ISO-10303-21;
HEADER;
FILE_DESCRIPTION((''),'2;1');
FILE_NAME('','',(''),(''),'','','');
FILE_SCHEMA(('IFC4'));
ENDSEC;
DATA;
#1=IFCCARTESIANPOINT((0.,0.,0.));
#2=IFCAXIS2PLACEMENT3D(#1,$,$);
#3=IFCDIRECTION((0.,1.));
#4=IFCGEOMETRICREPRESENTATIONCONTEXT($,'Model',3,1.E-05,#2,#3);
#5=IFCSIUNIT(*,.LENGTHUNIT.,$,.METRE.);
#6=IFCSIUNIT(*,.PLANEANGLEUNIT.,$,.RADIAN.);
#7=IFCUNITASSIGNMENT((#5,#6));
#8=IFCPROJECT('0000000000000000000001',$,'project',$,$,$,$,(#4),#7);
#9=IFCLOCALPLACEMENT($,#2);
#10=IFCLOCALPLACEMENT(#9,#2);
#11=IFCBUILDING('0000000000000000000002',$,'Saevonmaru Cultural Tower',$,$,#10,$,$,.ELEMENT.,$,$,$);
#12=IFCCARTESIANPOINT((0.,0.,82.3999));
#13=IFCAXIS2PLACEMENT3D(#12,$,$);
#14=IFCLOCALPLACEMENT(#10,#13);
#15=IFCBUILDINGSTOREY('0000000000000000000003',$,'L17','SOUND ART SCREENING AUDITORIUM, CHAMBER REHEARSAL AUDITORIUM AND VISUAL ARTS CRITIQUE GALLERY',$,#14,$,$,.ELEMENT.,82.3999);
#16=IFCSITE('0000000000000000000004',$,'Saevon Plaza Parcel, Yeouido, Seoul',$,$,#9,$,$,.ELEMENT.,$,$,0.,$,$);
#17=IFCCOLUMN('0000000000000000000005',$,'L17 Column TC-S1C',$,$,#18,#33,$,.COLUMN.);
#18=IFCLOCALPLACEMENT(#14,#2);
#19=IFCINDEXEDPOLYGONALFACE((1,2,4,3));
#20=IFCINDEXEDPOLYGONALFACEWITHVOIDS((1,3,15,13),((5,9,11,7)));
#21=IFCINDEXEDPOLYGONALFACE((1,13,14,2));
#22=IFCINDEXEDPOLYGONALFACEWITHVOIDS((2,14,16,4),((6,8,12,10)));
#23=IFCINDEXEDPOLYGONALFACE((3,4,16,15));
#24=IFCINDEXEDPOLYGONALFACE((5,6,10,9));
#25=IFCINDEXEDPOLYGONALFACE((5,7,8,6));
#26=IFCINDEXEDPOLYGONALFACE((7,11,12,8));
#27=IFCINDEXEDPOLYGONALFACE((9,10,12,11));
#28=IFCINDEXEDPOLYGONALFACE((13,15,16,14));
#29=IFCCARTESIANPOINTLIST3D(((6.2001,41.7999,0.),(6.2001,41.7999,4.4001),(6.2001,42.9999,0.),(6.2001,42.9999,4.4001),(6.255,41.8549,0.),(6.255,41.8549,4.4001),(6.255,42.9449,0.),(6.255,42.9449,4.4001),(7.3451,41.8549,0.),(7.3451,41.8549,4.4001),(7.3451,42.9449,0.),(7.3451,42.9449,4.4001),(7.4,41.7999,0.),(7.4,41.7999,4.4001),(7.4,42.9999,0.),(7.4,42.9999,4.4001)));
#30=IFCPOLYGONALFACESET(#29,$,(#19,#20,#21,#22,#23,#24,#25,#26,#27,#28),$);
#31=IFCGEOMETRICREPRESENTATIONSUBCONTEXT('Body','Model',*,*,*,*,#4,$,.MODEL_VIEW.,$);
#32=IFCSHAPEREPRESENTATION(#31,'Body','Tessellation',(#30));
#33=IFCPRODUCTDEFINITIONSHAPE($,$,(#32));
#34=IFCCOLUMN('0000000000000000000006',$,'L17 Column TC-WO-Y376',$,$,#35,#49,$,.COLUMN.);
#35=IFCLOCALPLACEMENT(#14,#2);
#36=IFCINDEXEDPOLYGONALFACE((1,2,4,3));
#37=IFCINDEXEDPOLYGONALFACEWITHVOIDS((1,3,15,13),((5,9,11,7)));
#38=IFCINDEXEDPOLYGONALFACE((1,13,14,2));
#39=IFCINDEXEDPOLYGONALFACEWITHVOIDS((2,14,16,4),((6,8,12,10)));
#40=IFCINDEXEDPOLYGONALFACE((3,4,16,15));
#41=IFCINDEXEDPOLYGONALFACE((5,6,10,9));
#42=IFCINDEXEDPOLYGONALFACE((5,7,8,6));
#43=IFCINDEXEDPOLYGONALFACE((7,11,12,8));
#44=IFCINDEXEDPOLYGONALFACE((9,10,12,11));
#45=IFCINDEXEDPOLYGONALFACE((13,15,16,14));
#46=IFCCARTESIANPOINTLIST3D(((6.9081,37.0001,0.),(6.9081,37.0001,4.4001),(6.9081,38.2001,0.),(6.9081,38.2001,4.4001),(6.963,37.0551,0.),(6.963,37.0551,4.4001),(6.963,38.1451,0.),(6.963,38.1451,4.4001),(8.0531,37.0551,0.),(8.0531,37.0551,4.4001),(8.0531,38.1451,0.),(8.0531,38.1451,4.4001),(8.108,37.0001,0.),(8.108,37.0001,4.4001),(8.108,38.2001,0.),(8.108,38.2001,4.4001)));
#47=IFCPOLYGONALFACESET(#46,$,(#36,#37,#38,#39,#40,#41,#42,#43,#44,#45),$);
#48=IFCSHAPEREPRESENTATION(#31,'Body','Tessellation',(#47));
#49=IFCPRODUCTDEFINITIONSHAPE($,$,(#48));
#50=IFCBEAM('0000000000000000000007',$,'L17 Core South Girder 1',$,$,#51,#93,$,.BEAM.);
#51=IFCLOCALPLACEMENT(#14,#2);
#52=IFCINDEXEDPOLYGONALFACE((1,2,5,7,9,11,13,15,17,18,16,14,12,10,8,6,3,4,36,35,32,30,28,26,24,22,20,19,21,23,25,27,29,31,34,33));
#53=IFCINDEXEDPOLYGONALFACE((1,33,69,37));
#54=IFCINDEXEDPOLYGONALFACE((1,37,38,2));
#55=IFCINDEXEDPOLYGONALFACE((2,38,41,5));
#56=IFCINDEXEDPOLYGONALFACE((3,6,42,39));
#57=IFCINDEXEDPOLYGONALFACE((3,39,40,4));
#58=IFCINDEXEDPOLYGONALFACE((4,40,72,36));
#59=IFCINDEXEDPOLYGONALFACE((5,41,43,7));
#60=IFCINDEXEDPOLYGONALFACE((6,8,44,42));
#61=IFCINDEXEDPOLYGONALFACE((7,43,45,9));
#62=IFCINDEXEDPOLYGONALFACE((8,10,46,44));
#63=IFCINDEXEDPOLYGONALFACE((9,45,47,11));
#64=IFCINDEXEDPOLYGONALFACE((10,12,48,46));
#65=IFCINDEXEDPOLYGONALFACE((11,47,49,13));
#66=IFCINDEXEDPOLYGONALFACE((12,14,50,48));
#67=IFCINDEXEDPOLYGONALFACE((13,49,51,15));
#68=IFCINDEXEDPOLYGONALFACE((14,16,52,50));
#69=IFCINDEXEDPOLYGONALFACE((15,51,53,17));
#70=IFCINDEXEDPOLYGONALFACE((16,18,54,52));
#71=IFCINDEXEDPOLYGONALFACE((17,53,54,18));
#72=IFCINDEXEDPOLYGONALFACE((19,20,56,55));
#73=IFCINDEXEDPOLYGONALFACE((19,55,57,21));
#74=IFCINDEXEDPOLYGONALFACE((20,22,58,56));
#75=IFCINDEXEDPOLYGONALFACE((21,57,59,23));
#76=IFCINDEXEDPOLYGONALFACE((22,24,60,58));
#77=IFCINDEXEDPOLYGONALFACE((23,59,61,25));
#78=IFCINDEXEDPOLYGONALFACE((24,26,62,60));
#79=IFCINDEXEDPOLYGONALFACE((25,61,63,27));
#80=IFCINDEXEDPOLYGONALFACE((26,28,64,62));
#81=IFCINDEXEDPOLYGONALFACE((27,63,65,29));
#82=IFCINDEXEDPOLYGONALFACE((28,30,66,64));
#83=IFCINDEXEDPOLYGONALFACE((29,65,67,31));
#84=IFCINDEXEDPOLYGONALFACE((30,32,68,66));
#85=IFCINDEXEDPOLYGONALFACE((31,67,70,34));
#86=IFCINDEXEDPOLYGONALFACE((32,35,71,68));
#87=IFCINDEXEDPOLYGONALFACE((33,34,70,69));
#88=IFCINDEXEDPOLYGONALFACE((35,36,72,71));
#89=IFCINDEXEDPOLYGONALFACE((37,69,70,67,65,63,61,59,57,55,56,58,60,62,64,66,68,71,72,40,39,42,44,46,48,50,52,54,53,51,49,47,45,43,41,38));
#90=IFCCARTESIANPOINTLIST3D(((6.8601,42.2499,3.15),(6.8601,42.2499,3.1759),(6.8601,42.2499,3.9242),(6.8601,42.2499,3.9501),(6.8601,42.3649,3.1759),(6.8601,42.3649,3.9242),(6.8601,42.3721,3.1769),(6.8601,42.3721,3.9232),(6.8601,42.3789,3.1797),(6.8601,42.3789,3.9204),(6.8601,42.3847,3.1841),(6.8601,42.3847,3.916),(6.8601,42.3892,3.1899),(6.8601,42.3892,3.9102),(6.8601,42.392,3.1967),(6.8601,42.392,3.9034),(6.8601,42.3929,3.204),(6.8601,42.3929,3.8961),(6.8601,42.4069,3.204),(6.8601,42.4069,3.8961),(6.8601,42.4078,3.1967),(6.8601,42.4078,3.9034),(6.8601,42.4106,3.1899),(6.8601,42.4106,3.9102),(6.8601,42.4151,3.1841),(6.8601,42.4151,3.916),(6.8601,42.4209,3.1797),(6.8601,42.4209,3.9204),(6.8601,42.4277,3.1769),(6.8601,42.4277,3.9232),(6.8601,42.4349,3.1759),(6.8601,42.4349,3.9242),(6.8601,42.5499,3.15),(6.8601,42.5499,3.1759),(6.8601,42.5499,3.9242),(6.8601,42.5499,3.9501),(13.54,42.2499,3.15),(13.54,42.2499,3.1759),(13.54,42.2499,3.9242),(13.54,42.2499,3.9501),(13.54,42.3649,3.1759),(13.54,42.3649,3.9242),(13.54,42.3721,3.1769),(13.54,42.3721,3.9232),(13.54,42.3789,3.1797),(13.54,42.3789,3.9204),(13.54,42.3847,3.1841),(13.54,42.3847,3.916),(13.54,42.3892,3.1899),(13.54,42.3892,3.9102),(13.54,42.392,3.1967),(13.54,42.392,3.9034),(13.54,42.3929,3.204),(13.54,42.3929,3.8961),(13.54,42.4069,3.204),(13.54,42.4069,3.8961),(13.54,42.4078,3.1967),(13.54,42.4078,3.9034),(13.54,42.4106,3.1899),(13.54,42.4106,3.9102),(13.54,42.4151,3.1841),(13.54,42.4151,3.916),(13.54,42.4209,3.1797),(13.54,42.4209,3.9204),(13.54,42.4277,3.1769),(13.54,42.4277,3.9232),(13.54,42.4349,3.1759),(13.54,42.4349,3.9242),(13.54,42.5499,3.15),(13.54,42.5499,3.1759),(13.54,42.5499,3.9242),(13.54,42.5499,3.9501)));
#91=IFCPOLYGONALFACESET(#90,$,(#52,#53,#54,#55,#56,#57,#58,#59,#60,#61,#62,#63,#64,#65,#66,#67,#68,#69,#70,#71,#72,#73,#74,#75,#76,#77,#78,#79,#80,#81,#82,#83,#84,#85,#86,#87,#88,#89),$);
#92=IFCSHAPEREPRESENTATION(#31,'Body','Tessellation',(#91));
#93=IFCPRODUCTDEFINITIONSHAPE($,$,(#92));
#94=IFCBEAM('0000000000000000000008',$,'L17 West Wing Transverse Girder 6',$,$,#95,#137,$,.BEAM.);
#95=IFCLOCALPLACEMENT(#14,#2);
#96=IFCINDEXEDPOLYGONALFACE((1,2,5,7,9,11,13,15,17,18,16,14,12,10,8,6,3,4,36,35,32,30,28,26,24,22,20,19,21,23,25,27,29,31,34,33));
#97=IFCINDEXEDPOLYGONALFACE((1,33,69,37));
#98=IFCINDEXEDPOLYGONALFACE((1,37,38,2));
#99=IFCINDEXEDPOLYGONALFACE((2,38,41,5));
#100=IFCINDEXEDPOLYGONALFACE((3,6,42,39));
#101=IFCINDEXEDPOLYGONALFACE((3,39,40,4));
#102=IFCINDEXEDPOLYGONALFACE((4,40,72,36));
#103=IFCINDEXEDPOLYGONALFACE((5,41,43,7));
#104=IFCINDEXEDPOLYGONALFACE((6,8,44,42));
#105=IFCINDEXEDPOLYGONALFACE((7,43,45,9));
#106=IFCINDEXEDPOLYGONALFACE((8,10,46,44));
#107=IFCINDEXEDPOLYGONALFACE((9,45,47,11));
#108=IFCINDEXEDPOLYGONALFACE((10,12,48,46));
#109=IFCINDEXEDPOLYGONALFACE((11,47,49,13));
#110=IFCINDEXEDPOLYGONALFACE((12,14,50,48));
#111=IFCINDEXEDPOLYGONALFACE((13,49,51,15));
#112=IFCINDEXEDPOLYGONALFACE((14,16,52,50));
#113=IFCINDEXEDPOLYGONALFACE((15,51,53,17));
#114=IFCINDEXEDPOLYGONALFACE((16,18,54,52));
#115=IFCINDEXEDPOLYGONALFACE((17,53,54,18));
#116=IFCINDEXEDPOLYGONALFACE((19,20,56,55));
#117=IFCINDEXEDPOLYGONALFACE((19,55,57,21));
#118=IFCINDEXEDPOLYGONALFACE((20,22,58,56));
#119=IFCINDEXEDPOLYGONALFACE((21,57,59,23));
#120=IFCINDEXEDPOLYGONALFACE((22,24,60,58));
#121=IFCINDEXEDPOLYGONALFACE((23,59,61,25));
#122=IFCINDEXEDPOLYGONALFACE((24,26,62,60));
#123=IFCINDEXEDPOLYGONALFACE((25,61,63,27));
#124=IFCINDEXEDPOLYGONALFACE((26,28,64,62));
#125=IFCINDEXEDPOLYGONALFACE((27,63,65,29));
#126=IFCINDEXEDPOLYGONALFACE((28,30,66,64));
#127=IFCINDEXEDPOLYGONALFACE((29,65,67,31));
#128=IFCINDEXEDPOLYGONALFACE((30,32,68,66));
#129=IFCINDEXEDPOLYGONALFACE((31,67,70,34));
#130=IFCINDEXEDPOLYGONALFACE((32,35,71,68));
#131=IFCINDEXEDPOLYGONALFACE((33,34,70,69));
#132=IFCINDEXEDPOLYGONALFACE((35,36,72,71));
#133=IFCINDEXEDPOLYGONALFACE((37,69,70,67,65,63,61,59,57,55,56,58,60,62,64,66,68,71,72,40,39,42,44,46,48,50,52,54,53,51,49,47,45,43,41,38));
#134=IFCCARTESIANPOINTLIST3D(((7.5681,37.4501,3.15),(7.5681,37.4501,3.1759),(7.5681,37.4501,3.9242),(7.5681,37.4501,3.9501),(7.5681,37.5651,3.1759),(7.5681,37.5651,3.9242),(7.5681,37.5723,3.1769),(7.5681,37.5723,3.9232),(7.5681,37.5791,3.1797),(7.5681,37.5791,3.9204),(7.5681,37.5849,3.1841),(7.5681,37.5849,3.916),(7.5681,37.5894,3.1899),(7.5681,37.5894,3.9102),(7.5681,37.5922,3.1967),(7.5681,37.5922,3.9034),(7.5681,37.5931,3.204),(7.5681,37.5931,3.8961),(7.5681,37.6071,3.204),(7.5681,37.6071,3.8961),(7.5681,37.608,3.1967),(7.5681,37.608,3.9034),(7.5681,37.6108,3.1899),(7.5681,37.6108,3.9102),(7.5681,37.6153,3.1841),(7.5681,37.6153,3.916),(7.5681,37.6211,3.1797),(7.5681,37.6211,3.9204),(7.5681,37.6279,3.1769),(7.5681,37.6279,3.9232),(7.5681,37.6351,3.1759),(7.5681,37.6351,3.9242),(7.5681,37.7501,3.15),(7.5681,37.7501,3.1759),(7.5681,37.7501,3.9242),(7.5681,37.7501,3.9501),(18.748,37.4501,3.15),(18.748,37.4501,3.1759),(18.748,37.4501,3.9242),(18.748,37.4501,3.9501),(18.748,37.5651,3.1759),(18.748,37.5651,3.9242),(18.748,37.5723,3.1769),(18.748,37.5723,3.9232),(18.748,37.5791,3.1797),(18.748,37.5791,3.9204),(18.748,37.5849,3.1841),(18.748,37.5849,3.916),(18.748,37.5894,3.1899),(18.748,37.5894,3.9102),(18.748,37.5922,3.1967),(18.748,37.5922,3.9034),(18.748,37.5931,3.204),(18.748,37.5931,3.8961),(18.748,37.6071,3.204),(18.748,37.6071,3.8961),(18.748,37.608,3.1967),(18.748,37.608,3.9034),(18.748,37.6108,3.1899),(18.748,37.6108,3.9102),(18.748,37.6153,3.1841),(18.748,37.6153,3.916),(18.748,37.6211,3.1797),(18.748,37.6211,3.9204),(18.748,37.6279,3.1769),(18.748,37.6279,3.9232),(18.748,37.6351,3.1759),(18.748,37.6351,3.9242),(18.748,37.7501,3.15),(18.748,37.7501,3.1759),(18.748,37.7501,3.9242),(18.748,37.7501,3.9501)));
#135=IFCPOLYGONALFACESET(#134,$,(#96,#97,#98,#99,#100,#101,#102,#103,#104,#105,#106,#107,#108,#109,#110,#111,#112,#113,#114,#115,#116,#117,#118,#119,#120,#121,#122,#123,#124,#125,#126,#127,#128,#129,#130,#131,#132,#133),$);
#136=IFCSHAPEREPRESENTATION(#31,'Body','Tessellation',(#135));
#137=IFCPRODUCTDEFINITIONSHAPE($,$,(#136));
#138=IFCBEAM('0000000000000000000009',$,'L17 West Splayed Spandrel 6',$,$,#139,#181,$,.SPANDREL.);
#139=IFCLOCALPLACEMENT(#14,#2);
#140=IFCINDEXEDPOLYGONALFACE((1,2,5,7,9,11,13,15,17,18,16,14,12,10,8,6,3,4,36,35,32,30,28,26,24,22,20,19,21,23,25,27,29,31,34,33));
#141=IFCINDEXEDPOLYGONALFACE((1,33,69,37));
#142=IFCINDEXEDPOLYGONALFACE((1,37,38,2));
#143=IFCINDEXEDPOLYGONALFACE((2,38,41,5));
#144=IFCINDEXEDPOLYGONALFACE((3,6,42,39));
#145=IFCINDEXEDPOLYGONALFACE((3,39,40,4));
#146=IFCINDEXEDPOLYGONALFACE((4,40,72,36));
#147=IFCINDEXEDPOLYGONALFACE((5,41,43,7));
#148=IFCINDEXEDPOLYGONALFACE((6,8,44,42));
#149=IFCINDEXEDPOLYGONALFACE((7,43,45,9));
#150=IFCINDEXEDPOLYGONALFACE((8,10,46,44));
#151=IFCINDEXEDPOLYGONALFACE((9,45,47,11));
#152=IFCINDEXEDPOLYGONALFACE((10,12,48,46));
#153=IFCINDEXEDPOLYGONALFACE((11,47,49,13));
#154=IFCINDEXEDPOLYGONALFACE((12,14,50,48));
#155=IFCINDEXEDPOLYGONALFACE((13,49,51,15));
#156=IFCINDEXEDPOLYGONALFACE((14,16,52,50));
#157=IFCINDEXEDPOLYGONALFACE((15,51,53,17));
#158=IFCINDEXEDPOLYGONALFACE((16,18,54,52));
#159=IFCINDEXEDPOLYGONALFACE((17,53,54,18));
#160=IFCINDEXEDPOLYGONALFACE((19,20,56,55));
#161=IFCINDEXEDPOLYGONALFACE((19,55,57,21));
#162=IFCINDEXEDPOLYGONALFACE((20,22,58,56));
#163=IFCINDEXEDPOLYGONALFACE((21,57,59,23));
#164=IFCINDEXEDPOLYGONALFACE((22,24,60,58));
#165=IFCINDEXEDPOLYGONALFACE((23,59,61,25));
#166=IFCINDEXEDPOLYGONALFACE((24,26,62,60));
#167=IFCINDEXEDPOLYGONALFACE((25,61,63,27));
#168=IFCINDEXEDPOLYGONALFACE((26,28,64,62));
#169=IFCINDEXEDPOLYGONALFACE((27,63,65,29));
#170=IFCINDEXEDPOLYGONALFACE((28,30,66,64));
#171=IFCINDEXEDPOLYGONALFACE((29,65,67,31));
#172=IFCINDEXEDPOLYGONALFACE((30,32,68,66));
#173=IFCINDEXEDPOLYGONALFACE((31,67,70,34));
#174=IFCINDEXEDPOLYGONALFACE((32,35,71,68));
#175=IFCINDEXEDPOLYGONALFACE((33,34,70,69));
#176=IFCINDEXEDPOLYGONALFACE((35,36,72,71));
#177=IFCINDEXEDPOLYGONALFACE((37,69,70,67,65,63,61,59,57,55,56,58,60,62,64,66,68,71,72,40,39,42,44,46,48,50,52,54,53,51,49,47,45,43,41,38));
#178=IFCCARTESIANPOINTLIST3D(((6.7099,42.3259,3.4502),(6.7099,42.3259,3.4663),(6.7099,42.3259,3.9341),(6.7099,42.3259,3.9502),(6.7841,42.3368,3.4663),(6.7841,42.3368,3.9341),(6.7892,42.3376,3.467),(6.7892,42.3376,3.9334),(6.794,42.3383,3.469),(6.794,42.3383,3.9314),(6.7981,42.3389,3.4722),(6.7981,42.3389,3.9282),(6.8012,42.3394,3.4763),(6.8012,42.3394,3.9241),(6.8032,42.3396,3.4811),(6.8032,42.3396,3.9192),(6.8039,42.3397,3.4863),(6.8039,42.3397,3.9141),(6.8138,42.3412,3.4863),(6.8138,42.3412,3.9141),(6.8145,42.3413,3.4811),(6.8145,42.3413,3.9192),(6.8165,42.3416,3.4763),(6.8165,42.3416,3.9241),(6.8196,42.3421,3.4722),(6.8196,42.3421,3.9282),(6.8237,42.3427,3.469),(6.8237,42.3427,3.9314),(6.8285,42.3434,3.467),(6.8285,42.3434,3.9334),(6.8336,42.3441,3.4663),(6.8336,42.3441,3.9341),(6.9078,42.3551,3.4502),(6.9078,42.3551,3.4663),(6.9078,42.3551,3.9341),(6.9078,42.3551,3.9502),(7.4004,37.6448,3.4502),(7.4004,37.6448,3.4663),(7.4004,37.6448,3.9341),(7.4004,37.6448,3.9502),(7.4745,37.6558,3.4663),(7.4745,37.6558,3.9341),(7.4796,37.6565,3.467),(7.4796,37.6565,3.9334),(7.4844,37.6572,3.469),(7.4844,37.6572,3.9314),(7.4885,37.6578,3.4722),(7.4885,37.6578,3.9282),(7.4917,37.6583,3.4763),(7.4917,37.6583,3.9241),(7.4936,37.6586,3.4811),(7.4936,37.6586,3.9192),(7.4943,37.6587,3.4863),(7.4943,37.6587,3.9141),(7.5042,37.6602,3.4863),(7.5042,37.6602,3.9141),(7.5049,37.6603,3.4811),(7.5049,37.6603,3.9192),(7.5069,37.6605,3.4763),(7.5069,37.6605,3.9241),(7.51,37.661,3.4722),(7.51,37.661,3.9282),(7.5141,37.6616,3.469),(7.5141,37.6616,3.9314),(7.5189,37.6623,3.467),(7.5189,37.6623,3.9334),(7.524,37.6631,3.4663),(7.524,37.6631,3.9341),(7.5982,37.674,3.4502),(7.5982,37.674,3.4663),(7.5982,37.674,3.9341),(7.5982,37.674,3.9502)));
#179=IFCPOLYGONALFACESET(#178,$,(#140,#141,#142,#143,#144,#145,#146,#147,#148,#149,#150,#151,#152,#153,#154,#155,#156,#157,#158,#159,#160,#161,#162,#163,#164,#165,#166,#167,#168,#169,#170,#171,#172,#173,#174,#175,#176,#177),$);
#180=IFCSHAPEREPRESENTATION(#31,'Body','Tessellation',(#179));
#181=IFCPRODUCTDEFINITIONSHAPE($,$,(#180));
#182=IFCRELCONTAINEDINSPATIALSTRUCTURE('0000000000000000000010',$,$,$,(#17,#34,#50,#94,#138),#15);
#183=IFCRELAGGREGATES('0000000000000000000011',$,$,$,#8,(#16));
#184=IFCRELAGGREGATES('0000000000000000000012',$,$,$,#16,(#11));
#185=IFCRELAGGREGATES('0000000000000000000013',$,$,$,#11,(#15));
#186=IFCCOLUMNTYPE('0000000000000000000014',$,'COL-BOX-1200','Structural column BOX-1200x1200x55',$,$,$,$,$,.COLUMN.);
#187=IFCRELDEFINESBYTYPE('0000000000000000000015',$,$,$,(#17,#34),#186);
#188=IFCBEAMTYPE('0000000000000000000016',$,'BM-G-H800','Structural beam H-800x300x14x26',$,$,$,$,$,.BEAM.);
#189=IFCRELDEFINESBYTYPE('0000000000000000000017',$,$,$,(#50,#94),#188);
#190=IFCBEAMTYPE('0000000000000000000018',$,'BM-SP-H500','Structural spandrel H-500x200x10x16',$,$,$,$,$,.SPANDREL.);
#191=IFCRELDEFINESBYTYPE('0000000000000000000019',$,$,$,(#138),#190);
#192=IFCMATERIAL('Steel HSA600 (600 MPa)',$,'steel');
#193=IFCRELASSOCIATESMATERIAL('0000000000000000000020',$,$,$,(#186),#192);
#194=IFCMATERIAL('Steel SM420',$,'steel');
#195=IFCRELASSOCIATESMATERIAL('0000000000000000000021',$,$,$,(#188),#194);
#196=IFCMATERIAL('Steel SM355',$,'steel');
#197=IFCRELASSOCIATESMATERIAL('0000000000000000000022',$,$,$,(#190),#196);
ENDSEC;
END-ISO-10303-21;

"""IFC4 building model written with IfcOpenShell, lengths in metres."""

from ifc_helpers import new_model, si_unit, direction, frame, origin, origin_2d, place, context, subcontext, project, spatial, hollow_rectangle, i_section, extrude, material, material_profile, profile_set, type_object, element, save


model = new_model("IFC4")

# Units and contexts
model_context = context("Model", 3, precision=1e-05, world=origin(), true_north=direction((0.0, 1.0)))
body_context = subcontext(model_context, "Body", "Model", "MODEL_VIEW")
ifc_project = project(units=[si_unit("LENGTHUNIT", "METRE"), si_unit("PLANEANGLEUNIT", "RADIAN")], contexts=[model_context])

# Site, building, storey
site_placement = place(None, origin())
site = spatial("IfcSite", under=ifc_project, at=site_placement, Name="Saevon Plaza Parcel, Yeouido, Seoul", CompositionType="ELEMENT", RefElevation=0.0)
building_placement = place(site_placement, origin())
building = spatial("IfcBuilding", under=site, at=building_placement, Name="Saevonmaru Cultural Tower", CompositionType="ELEMENT")
storey_placement = place(building_placement, frame((0.0, 0.0, 82.3999)))
storey = spatial("IfcBuildingStorey", under=building, at=storey_placement, Name="L17", Description="SOUND ART SCREENING AUDITORIUM, CHAMBER REHEARSAL AUDITORIUM AND VISUAL ARTS CRITIQUE GALLERY", CompositionType="ELEMENT", Elevation=82.3999)

# Columns
ifc_material_1 = material(Name="Steel HSA600 (600 MPa)", Category="steel")
ifc_material_profile_1 = material_profile(ifc_material_1, hollow_rectangle(XDim=1.2, YDim=1.2, WallThickness=0.0549, at=origin_2d()), Name="BOX-1200x1200x55")
ifc_profile_set_1 = profile_set([ifc_material_profile_1], Name="Steel HSA600 (600 MPa)")
column_type = type_object("IfcColumnType", Name="COL-BOX-1200", Description="Structural column BOX-1200x1200x55", PredefinedType="COLUMN", material=ifc_profile_set_1)
for number, where, z_axis, x_axis, name in (
    (1, (6.8, 42.3999, 0.0), (0.0, 0.0, 1.0), (1.0, 0.0, 0.0), "L17 Column TC-S1C"),
    (2, (7.5081, 37.6001, 0.0), (0.0, 0.0, 1.0), (1.0, 0.0, 0.0), "L17 Column TC-WO-Y376"),
):
    element("IfcColumn", number, at=place(storey_placement, frame(where, z_axis=z_axis, x_axis=x_axis)), inside=storey, type_object=column_type, Name=name, PredefinedType="COLUMN", context=body_context, shape_type="SweptSolid", body=[
        extrude(hollow_rectangle(XDim=1.2, YDim=1.2, WallThickness=0.0549, at=origin_2d()), origin(), (0.0, 0.0, 1.0), 4.4001),
    ])

# Beams
ifc_material_2 = material(Name="Steel SM420", Category="steel")
ifc_material_profile_2 = material_profile(ifc_material_2, i_section(OverallWidth=0.3, OverallDepth=0.8, WebThickness=0.0139, FlangeThickness=0.0259, FilletRadius=0.0281, at=origin_2d()), Name="H-800x300x14x26")
ifc_profile_set_2 = profile_set([ifc_material_profile_2], Name="Steel SM420")
beam_type_1 = type_object("IfcBeamType", Name="BM-G-H800", Description="Structural beam H-800x300x14x26", PredefinedType="BEAM", material=ifc_profile_set_2)
beam_1_placement = place(storey_placement, frame((6.8601, 42.3999, 3.55), z_axis=(1.0, 0.0, 0.0), x_axis=(0.0, 1.0, 0.0)))
element("IfcBeam", 3, at=beam_1_placement, inside=storey, type_object=beam_type_1, Name="L17 Core South Girder 1", PredefinedType="BEAM", context=body_context, shape_type="SweptSolid", body=[
    extrude(i_section(OverallWidth=0.3, OverallDepth=0.8, WebThickness=0.0139, FlangeThickness=0.0259, FilletRadius=0.0281, at=origin_2d()), origin(), (0.0, 0.0, 1.0), 6.6799),
])
beam_2_placement = place(storey_placement, frame((7.5681, 37.6001, 3.55), z_axis=(1.0, 0.0, 0.0), x_axis=(0.0, 1.0, 0.0)))
element("IfcBeam", 4, at=beam_2_placement, inside=storey, type_object=beam_type_1, Name="L17 West Wing Transverse Girder 6", PredefinedType="BEAM", context=body_context, shape_type="SweptSolid", body=[
    extrude(i_section(OverallWidth=0.3, OverallDepth=0.8, WebThickness=0.0139, FlangeThickness=0.0259, FilletRadius=0.0281, at=origin_2d()), origin(), (0.0, 0.0, 1.0), 11.1799),
])
ifc_material_3 = material(Name="Steel SM355", Category="steel")
ifc_material_profile_3 = material_profile(ifc_material_3, i_section(OverallWidth=0.2, OverallDepth=0.5, WebThickness=0.01, FlangeThickness=0.0161, FilletRadius=0.02, at=origin_2d()), Name="H-500x200x10x16")
ifc_profile_set_3 = profile_set([ifc_material_profile_3], Name="Steel SM355")
beam_type_2 = type_object("IfcBeamType", Name="BM-SP-H500", Description="Structural spandrel H-500x200x10x16", PredefinedType="SPANDREL", material=ifc_profile_set_3)
beam_3_placement = place(storey_placement, frame((7.4993, 37.6594, 3.7002), z_axis=(-0.145913, 0.989297, 0.0), x_axis=(-0.989297, -0.145913, 0.0)))
element("IfcBeam", 5, at=beam_3_placement, inside=storey, type_object=beam_type_2, Name="L17 West Splayed Spandrel 6", PredefinedType="SPANDREL", context=body_context, shape_type="SweptSolid", body=[
    extrude(i_section(OverallWidth=0.2, OverallDepth=0.5, WebThickness=0.01, FlangeThickness=0.0161, FilletRadius=0.02, at=origin_2d()), origin(), (0.0, 0.0, 1.0), 4.7317),
])

save(model, "model.ifc")
